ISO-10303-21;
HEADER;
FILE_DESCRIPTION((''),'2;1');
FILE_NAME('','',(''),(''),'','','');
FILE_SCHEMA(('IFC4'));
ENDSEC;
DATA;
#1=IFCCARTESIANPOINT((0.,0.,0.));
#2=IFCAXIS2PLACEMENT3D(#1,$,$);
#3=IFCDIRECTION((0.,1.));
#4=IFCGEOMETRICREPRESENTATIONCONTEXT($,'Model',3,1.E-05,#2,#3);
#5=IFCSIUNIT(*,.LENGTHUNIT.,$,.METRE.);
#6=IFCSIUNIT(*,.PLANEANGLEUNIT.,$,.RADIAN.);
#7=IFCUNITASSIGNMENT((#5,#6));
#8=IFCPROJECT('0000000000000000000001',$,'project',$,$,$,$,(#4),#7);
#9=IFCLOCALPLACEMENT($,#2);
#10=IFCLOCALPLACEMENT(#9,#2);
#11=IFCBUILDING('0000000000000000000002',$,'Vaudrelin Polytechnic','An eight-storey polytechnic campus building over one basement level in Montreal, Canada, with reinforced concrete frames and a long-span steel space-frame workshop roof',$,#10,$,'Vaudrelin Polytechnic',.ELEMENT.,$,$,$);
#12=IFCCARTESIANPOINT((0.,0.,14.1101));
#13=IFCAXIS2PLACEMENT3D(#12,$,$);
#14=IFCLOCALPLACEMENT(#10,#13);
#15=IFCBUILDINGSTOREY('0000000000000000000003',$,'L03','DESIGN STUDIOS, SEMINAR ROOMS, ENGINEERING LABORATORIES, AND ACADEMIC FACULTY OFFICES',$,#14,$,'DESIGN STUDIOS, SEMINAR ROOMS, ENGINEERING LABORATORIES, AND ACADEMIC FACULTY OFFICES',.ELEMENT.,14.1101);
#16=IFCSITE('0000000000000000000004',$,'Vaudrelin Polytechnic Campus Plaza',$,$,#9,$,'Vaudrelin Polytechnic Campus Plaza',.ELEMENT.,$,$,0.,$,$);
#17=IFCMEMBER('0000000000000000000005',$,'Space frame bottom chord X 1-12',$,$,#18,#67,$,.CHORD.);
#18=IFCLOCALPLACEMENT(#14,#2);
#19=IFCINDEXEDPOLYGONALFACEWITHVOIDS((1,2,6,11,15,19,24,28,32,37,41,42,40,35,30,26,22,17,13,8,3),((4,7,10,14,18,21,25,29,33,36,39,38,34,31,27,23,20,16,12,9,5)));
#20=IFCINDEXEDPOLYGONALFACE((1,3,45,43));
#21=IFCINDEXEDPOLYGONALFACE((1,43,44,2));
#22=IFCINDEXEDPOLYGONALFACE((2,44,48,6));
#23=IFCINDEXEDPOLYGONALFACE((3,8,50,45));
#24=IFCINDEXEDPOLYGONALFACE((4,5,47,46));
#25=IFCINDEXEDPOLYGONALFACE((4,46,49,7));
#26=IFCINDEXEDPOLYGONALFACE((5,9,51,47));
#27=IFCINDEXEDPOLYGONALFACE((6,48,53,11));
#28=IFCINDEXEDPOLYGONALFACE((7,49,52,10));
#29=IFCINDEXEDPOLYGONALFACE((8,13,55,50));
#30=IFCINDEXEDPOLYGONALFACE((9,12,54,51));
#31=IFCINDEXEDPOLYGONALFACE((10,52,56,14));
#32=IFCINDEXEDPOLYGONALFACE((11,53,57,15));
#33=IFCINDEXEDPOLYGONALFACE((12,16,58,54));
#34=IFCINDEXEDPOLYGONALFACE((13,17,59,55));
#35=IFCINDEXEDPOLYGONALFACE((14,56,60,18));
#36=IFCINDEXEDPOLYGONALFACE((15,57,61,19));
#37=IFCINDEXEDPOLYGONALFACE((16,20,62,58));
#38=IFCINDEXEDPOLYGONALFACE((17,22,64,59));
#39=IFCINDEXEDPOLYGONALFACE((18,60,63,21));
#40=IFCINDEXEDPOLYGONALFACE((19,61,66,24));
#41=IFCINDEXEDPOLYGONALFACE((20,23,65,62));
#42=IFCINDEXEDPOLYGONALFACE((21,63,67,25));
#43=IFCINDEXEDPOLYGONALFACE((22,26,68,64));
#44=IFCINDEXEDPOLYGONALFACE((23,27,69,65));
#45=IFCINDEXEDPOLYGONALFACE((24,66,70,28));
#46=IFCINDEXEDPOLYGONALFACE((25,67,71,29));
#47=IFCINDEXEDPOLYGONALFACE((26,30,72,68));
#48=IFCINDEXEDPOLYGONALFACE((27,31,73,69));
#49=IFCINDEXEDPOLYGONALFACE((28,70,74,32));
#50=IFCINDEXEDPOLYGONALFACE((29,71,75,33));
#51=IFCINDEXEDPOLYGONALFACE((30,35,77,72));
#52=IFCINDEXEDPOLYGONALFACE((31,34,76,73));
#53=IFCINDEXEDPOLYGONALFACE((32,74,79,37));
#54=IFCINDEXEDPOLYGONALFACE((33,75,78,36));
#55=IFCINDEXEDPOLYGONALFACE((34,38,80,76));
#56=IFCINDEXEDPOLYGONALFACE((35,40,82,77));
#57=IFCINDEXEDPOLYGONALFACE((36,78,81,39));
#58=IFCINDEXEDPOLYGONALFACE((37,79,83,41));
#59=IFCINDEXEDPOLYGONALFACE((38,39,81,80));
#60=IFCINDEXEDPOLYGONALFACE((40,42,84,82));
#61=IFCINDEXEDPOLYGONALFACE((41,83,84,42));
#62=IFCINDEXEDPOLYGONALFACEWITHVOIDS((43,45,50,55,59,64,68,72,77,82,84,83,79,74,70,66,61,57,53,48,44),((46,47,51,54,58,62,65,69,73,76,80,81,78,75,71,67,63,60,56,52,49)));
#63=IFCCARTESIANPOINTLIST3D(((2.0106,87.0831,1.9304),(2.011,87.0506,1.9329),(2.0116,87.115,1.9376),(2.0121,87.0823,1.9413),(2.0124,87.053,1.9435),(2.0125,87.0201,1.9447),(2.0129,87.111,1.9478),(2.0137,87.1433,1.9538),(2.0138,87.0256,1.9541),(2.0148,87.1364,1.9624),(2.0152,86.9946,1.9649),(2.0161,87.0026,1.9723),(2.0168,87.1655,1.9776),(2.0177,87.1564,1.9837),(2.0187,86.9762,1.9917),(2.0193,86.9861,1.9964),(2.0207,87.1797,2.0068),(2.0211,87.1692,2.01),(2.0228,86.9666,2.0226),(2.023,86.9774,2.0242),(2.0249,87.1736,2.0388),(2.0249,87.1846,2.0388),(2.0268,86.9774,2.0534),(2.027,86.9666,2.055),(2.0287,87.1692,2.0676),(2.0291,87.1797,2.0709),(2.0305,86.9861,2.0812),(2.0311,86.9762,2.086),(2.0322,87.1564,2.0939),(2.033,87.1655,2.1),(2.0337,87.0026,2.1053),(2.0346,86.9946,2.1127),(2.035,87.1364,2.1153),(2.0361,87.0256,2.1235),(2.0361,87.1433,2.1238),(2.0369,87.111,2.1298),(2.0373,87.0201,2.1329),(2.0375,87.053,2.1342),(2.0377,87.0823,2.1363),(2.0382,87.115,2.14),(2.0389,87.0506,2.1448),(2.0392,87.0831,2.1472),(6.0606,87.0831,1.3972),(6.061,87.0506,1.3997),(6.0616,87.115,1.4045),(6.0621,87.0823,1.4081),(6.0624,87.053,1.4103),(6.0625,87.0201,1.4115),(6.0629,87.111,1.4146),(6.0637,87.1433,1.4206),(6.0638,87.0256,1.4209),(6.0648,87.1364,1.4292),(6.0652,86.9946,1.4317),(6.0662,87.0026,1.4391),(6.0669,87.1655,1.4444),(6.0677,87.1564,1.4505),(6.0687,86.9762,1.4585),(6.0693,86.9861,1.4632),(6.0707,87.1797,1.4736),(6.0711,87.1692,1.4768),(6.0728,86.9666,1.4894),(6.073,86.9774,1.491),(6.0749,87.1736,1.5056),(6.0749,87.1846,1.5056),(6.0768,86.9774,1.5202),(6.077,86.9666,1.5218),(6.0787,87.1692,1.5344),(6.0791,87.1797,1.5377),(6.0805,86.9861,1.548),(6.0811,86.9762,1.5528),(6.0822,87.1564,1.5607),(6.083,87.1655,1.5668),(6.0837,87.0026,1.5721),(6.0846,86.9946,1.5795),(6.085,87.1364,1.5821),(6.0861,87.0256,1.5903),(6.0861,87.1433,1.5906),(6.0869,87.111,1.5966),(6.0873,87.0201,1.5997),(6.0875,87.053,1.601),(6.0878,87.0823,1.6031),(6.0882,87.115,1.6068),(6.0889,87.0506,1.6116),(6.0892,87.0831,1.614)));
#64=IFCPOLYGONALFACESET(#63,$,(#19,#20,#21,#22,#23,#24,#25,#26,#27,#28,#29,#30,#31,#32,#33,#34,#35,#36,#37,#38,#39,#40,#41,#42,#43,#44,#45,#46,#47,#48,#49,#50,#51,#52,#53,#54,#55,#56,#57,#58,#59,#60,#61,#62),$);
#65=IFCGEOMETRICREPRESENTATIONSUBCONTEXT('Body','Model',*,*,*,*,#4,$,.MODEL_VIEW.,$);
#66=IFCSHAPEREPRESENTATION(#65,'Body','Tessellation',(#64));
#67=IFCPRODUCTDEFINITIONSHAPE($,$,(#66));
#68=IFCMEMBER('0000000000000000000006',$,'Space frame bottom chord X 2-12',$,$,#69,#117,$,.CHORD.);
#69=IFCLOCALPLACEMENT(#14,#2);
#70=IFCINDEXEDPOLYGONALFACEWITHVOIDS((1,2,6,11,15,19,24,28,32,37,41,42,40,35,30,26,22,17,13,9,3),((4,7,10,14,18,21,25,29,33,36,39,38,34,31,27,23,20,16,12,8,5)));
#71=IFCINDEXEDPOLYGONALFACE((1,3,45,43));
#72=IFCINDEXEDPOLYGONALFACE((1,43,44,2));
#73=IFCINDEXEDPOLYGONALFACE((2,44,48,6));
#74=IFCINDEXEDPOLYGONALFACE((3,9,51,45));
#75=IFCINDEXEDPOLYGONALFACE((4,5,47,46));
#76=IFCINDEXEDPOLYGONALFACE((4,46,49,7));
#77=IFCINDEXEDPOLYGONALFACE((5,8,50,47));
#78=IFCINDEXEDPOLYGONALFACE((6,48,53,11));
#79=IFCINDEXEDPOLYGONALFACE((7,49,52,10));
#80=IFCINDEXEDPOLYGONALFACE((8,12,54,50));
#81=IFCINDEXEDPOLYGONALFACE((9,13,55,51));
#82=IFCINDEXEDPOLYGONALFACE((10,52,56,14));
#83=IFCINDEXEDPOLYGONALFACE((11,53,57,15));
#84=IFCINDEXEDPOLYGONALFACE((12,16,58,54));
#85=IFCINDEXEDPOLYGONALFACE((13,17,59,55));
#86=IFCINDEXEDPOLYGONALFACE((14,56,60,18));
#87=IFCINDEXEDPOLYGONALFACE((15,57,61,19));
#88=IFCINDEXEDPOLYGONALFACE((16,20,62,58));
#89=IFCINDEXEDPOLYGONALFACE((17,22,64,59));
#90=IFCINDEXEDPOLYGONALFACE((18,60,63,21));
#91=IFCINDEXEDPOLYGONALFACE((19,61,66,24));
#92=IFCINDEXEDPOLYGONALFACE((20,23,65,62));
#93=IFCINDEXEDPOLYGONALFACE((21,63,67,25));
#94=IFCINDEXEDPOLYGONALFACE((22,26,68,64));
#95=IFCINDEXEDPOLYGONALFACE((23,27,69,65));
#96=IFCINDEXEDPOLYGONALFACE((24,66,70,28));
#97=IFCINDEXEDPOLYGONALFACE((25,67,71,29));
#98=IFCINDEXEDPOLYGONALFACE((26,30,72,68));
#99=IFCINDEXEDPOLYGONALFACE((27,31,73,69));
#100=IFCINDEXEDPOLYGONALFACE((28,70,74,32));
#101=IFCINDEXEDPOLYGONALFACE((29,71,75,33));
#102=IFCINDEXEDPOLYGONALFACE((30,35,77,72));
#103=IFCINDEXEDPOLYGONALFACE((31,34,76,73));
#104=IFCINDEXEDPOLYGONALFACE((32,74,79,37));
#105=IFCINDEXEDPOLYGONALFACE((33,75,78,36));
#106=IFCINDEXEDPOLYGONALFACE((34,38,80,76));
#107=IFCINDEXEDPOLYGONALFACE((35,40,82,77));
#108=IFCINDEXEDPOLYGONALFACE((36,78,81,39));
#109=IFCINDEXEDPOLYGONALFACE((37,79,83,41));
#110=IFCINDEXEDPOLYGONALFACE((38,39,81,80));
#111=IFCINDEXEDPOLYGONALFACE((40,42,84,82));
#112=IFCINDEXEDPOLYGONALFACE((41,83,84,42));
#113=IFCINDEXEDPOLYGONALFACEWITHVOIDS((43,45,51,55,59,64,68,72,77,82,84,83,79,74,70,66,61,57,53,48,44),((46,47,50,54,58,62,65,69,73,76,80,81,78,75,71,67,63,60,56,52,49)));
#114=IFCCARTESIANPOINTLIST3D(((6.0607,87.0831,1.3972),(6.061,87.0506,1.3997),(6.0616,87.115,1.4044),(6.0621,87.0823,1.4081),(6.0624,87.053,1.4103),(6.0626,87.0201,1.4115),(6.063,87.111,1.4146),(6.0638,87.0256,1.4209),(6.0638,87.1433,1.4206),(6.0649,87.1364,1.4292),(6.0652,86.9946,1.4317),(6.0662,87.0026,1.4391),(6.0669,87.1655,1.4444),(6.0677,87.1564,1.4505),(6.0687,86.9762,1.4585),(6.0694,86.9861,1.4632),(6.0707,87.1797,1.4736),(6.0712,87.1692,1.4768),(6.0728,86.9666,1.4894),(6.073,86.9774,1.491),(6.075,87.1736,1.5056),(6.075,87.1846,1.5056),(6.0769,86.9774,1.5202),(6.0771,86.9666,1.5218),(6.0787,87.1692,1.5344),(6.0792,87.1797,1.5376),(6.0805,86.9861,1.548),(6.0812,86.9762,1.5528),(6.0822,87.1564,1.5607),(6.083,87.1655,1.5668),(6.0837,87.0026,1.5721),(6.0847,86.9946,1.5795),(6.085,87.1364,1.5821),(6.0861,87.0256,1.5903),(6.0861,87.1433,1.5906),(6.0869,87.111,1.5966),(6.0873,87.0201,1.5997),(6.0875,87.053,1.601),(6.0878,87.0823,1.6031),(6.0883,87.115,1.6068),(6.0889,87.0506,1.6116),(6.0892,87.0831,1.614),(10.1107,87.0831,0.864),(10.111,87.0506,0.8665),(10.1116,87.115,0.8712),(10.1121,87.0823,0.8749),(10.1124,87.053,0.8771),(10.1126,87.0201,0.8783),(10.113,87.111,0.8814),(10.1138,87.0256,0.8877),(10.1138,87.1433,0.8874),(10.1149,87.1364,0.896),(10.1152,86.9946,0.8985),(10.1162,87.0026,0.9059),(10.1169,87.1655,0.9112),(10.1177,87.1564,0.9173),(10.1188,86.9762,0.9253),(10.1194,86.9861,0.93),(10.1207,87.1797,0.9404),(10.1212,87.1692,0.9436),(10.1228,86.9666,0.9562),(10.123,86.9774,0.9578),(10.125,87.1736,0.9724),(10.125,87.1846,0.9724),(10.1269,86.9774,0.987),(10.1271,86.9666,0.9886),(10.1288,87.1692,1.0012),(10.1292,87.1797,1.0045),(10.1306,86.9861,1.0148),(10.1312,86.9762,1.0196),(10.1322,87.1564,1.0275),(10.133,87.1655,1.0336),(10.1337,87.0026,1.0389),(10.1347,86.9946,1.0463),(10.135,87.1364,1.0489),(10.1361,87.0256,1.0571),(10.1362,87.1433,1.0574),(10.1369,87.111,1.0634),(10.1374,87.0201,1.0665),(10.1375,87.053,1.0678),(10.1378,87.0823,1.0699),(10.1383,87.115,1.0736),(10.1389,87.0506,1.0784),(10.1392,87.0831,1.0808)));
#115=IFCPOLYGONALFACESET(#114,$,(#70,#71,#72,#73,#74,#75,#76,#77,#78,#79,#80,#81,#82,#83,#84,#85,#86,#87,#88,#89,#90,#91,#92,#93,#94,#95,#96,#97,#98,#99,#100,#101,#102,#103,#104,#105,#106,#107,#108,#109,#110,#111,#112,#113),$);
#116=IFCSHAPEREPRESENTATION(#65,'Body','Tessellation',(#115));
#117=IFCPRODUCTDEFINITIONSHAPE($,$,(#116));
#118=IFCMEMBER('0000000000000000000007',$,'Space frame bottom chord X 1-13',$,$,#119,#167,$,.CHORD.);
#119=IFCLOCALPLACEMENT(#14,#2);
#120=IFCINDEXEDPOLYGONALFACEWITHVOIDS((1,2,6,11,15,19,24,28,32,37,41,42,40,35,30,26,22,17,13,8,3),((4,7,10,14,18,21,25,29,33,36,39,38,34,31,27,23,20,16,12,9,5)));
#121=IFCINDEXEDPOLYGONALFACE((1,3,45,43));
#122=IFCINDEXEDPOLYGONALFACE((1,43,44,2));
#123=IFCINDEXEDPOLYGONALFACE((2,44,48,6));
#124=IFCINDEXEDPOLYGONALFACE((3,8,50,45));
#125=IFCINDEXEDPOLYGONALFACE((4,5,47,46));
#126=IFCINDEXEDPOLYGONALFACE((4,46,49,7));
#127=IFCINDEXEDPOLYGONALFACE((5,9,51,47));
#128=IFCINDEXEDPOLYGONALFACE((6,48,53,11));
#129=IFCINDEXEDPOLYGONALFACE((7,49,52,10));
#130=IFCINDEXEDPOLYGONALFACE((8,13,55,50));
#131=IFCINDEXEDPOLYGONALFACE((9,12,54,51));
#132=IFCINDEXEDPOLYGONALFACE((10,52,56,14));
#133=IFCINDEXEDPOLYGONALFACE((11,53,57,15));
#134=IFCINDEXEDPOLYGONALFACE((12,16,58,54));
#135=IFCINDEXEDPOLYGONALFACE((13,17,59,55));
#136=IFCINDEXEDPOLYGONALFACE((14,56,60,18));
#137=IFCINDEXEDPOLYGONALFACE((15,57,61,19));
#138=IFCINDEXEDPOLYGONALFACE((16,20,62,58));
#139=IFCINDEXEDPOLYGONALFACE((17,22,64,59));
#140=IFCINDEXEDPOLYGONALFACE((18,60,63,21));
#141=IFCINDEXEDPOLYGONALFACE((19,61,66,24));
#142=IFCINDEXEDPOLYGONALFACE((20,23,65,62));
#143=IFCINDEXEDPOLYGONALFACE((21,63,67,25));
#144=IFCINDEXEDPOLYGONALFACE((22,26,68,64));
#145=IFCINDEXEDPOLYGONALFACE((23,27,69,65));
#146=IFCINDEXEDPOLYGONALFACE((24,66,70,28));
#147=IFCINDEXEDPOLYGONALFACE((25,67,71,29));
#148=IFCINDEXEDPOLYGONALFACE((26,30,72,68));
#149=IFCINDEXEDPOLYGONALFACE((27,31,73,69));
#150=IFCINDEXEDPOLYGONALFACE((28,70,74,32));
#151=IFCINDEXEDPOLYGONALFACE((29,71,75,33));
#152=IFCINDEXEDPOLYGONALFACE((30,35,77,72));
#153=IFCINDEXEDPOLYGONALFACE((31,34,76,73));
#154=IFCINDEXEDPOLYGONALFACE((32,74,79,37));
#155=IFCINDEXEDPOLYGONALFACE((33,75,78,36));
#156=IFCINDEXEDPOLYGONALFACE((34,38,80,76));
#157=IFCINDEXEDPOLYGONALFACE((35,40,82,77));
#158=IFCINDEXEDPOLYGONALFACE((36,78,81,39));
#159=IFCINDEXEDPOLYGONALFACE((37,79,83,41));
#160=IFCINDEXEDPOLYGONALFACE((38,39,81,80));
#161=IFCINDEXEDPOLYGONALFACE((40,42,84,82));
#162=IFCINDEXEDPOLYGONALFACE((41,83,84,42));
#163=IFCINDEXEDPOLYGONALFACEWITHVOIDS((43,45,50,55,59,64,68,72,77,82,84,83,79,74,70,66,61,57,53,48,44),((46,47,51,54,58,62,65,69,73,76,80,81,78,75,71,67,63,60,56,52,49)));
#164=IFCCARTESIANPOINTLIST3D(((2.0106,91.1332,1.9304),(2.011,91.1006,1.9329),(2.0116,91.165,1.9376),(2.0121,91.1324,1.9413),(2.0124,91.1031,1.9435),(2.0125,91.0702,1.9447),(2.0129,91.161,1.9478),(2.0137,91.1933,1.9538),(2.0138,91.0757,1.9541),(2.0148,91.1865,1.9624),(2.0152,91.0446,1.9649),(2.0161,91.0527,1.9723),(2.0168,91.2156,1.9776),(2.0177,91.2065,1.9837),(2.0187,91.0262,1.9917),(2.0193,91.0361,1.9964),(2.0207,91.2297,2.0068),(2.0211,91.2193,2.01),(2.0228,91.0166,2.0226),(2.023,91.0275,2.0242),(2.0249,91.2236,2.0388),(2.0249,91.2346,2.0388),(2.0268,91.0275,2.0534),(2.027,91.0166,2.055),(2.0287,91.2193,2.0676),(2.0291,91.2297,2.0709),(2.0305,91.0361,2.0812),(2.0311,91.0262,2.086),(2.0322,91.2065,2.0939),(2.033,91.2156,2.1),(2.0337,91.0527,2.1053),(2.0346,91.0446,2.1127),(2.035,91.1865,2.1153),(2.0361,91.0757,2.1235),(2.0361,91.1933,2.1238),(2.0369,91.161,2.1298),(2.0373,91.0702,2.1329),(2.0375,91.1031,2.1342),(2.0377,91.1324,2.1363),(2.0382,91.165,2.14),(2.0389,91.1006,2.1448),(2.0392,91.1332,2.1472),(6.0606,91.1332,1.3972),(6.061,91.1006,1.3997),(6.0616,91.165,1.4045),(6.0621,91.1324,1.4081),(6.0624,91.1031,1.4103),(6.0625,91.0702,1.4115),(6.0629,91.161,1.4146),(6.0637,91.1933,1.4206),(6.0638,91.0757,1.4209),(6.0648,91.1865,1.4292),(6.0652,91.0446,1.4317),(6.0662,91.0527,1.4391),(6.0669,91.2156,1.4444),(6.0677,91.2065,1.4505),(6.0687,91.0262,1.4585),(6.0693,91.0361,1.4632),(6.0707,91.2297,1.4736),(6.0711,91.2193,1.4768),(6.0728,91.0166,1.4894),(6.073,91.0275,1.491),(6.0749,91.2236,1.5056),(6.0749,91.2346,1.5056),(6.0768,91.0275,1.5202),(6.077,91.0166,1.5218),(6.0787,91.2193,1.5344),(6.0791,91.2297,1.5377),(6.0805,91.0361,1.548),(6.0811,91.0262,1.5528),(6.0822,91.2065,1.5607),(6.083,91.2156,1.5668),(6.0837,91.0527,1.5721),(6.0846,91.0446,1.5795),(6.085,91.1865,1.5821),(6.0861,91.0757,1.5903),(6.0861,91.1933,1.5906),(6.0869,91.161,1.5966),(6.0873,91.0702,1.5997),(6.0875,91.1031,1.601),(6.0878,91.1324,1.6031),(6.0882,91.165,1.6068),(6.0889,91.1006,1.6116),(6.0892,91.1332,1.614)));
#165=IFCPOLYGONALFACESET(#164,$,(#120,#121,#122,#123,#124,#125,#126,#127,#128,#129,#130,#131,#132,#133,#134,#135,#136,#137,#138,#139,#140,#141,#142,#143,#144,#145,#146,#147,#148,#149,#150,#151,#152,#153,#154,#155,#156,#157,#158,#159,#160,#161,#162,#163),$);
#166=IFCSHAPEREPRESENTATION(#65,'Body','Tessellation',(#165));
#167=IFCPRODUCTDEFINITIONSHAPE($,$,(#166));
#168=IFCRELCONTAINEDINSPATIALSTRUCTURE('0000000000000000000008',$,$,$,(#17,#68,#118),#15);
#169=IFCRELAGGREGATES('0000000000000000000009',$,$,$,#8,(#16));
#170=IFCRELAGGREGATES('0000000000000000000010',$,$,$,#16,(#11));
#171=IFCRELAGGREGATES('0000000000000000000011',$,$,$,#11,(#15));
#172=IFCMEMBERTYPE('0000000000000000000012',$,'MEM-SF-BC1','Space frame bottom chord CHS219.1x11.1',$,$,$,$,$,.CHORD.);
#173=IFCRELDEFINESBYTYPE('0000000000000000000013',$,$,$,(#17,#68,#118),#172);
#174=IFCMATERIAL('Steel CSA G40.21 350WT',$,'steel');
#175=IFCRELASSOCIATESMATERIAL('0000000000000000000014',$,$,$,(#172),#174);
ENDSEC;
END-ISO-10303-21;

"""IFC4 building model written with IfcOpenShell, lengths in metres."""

from ifc_helpers import new_model, si_unit, direction, frame, origin, origin_2d, place, context, subcontext, project, spatial, hollow_circle, extrude, material, material_profile, profile_set, type_object, element, save


model = new_model("IFC4")

# Units and contexts
model_context = context("Model", 3, precision=1e-05, world=origin(), true_north=direction((0.0, 1.0)))
body_context = subcontext(model_context, "Body", "Model", "MODEL_VIEW")
ifc_project = project(units=[si_unit("LENGTHUNIT", "METRE"), si_unit("PLANEANGLEUNIT", "RADIAN")], contexts=[model_context])

# Site, building, storey
site_placement = place(None, origin())
site = spatial("IfcSite", under=ifc_project, at=site_placement, Name="Vaudrelin Polytechnic Campus Plaza", LongName="Vaudrelin Polytechnic Campus Plaza", CompositionType="ELEMENT", RefElevation=0.0)
building_placement = place(site_placement, origin())
building = spatial("IfcBuilding", under=site, at=building_placement, Name="Vaudrelin Polytechnic", Description="An eight-storey polytechnic campus building over one basement level in Montreal, Canada, with reinforced concrete frames and a long-span steel space-frame workshop roof", LongName="Vaudrelin Polytechnic", CompositionType="ELEMENT")
storey_placement = place(building_placement, frame((0.0, 0.0, 14.1101)))
storey = spatial("IfcBuildingStorey", under=building, at=storey_placement, Name="L03", Description="DESIGN STUDIOS, SEMINAR ROOMS, ENGINEERING LABORATORIES, AND ACADEMIC FACULTY OFFICES", LongName="DESIGN STUDIOS, SEMINAR ROOMS, ENGINEERING LABORATORIES, AND ACADEMIC FACULTY OFFICES", CompositionType="ELEMENT", Elevation=14.1101)

# Members
ifc_material_1 = material(Name="Steel CSA G40.21 350WT", Category="steel")
ifc_material_profile_1 = material_profile(ifc_material_1, hollow_circle(Radius=0.1096, WallThickness=0.011, at=origin_2d()), Name="CHS219.1x11.1")
ifc_profile_set_1 = profile_set([ifc_material_profile_1], Name="Steel CSA G40.21 350WT")
member_type_1 = type_object("IfcMemberType", Name="MEM-SF-BC1", Description="Space frame bottom chord CHS219.1x11.1", PredefinedType="CHORD", material=ifc_profile_set_1)
for number, where, z_axis, x_axis, name in (
    (1, (2.0249, 87.075, 2.0388), (0.991445, 0.0, -0.130527), (0.0, 1.0, 0.0), "Space frame bottom chord X 1-12"),
    (2, (6.075, 87.075, 1.5056), (0.991445, 0.0, -0.130527), (0.0, 1.0, 0.0), "Space frame bottom chord X 2-12"),
    (3, (2.0249, 91.125, 2.0388), (0.991445, 0.0, -0.130527), (0.0, 1.0, 0.0), "Space frame bottom chord X 1-13"),
):
    element("IfcMember", number, at=place(storey_placement, frame(where, z_axis=z_axis, x_axis=x_axis)), inside=storey, type_object=member_type_1, Name=name, PredefinedType="CHORD", context=body_context, shape_type="SweptSolid", body=[
        extrude(hollow_circle(Radius=0.1096, WallThickness=0.011, at=origin_2d()), origin(), (0.0, 0.0, 1.0), 4.085),
    ])

save(model, "model.ifc")
